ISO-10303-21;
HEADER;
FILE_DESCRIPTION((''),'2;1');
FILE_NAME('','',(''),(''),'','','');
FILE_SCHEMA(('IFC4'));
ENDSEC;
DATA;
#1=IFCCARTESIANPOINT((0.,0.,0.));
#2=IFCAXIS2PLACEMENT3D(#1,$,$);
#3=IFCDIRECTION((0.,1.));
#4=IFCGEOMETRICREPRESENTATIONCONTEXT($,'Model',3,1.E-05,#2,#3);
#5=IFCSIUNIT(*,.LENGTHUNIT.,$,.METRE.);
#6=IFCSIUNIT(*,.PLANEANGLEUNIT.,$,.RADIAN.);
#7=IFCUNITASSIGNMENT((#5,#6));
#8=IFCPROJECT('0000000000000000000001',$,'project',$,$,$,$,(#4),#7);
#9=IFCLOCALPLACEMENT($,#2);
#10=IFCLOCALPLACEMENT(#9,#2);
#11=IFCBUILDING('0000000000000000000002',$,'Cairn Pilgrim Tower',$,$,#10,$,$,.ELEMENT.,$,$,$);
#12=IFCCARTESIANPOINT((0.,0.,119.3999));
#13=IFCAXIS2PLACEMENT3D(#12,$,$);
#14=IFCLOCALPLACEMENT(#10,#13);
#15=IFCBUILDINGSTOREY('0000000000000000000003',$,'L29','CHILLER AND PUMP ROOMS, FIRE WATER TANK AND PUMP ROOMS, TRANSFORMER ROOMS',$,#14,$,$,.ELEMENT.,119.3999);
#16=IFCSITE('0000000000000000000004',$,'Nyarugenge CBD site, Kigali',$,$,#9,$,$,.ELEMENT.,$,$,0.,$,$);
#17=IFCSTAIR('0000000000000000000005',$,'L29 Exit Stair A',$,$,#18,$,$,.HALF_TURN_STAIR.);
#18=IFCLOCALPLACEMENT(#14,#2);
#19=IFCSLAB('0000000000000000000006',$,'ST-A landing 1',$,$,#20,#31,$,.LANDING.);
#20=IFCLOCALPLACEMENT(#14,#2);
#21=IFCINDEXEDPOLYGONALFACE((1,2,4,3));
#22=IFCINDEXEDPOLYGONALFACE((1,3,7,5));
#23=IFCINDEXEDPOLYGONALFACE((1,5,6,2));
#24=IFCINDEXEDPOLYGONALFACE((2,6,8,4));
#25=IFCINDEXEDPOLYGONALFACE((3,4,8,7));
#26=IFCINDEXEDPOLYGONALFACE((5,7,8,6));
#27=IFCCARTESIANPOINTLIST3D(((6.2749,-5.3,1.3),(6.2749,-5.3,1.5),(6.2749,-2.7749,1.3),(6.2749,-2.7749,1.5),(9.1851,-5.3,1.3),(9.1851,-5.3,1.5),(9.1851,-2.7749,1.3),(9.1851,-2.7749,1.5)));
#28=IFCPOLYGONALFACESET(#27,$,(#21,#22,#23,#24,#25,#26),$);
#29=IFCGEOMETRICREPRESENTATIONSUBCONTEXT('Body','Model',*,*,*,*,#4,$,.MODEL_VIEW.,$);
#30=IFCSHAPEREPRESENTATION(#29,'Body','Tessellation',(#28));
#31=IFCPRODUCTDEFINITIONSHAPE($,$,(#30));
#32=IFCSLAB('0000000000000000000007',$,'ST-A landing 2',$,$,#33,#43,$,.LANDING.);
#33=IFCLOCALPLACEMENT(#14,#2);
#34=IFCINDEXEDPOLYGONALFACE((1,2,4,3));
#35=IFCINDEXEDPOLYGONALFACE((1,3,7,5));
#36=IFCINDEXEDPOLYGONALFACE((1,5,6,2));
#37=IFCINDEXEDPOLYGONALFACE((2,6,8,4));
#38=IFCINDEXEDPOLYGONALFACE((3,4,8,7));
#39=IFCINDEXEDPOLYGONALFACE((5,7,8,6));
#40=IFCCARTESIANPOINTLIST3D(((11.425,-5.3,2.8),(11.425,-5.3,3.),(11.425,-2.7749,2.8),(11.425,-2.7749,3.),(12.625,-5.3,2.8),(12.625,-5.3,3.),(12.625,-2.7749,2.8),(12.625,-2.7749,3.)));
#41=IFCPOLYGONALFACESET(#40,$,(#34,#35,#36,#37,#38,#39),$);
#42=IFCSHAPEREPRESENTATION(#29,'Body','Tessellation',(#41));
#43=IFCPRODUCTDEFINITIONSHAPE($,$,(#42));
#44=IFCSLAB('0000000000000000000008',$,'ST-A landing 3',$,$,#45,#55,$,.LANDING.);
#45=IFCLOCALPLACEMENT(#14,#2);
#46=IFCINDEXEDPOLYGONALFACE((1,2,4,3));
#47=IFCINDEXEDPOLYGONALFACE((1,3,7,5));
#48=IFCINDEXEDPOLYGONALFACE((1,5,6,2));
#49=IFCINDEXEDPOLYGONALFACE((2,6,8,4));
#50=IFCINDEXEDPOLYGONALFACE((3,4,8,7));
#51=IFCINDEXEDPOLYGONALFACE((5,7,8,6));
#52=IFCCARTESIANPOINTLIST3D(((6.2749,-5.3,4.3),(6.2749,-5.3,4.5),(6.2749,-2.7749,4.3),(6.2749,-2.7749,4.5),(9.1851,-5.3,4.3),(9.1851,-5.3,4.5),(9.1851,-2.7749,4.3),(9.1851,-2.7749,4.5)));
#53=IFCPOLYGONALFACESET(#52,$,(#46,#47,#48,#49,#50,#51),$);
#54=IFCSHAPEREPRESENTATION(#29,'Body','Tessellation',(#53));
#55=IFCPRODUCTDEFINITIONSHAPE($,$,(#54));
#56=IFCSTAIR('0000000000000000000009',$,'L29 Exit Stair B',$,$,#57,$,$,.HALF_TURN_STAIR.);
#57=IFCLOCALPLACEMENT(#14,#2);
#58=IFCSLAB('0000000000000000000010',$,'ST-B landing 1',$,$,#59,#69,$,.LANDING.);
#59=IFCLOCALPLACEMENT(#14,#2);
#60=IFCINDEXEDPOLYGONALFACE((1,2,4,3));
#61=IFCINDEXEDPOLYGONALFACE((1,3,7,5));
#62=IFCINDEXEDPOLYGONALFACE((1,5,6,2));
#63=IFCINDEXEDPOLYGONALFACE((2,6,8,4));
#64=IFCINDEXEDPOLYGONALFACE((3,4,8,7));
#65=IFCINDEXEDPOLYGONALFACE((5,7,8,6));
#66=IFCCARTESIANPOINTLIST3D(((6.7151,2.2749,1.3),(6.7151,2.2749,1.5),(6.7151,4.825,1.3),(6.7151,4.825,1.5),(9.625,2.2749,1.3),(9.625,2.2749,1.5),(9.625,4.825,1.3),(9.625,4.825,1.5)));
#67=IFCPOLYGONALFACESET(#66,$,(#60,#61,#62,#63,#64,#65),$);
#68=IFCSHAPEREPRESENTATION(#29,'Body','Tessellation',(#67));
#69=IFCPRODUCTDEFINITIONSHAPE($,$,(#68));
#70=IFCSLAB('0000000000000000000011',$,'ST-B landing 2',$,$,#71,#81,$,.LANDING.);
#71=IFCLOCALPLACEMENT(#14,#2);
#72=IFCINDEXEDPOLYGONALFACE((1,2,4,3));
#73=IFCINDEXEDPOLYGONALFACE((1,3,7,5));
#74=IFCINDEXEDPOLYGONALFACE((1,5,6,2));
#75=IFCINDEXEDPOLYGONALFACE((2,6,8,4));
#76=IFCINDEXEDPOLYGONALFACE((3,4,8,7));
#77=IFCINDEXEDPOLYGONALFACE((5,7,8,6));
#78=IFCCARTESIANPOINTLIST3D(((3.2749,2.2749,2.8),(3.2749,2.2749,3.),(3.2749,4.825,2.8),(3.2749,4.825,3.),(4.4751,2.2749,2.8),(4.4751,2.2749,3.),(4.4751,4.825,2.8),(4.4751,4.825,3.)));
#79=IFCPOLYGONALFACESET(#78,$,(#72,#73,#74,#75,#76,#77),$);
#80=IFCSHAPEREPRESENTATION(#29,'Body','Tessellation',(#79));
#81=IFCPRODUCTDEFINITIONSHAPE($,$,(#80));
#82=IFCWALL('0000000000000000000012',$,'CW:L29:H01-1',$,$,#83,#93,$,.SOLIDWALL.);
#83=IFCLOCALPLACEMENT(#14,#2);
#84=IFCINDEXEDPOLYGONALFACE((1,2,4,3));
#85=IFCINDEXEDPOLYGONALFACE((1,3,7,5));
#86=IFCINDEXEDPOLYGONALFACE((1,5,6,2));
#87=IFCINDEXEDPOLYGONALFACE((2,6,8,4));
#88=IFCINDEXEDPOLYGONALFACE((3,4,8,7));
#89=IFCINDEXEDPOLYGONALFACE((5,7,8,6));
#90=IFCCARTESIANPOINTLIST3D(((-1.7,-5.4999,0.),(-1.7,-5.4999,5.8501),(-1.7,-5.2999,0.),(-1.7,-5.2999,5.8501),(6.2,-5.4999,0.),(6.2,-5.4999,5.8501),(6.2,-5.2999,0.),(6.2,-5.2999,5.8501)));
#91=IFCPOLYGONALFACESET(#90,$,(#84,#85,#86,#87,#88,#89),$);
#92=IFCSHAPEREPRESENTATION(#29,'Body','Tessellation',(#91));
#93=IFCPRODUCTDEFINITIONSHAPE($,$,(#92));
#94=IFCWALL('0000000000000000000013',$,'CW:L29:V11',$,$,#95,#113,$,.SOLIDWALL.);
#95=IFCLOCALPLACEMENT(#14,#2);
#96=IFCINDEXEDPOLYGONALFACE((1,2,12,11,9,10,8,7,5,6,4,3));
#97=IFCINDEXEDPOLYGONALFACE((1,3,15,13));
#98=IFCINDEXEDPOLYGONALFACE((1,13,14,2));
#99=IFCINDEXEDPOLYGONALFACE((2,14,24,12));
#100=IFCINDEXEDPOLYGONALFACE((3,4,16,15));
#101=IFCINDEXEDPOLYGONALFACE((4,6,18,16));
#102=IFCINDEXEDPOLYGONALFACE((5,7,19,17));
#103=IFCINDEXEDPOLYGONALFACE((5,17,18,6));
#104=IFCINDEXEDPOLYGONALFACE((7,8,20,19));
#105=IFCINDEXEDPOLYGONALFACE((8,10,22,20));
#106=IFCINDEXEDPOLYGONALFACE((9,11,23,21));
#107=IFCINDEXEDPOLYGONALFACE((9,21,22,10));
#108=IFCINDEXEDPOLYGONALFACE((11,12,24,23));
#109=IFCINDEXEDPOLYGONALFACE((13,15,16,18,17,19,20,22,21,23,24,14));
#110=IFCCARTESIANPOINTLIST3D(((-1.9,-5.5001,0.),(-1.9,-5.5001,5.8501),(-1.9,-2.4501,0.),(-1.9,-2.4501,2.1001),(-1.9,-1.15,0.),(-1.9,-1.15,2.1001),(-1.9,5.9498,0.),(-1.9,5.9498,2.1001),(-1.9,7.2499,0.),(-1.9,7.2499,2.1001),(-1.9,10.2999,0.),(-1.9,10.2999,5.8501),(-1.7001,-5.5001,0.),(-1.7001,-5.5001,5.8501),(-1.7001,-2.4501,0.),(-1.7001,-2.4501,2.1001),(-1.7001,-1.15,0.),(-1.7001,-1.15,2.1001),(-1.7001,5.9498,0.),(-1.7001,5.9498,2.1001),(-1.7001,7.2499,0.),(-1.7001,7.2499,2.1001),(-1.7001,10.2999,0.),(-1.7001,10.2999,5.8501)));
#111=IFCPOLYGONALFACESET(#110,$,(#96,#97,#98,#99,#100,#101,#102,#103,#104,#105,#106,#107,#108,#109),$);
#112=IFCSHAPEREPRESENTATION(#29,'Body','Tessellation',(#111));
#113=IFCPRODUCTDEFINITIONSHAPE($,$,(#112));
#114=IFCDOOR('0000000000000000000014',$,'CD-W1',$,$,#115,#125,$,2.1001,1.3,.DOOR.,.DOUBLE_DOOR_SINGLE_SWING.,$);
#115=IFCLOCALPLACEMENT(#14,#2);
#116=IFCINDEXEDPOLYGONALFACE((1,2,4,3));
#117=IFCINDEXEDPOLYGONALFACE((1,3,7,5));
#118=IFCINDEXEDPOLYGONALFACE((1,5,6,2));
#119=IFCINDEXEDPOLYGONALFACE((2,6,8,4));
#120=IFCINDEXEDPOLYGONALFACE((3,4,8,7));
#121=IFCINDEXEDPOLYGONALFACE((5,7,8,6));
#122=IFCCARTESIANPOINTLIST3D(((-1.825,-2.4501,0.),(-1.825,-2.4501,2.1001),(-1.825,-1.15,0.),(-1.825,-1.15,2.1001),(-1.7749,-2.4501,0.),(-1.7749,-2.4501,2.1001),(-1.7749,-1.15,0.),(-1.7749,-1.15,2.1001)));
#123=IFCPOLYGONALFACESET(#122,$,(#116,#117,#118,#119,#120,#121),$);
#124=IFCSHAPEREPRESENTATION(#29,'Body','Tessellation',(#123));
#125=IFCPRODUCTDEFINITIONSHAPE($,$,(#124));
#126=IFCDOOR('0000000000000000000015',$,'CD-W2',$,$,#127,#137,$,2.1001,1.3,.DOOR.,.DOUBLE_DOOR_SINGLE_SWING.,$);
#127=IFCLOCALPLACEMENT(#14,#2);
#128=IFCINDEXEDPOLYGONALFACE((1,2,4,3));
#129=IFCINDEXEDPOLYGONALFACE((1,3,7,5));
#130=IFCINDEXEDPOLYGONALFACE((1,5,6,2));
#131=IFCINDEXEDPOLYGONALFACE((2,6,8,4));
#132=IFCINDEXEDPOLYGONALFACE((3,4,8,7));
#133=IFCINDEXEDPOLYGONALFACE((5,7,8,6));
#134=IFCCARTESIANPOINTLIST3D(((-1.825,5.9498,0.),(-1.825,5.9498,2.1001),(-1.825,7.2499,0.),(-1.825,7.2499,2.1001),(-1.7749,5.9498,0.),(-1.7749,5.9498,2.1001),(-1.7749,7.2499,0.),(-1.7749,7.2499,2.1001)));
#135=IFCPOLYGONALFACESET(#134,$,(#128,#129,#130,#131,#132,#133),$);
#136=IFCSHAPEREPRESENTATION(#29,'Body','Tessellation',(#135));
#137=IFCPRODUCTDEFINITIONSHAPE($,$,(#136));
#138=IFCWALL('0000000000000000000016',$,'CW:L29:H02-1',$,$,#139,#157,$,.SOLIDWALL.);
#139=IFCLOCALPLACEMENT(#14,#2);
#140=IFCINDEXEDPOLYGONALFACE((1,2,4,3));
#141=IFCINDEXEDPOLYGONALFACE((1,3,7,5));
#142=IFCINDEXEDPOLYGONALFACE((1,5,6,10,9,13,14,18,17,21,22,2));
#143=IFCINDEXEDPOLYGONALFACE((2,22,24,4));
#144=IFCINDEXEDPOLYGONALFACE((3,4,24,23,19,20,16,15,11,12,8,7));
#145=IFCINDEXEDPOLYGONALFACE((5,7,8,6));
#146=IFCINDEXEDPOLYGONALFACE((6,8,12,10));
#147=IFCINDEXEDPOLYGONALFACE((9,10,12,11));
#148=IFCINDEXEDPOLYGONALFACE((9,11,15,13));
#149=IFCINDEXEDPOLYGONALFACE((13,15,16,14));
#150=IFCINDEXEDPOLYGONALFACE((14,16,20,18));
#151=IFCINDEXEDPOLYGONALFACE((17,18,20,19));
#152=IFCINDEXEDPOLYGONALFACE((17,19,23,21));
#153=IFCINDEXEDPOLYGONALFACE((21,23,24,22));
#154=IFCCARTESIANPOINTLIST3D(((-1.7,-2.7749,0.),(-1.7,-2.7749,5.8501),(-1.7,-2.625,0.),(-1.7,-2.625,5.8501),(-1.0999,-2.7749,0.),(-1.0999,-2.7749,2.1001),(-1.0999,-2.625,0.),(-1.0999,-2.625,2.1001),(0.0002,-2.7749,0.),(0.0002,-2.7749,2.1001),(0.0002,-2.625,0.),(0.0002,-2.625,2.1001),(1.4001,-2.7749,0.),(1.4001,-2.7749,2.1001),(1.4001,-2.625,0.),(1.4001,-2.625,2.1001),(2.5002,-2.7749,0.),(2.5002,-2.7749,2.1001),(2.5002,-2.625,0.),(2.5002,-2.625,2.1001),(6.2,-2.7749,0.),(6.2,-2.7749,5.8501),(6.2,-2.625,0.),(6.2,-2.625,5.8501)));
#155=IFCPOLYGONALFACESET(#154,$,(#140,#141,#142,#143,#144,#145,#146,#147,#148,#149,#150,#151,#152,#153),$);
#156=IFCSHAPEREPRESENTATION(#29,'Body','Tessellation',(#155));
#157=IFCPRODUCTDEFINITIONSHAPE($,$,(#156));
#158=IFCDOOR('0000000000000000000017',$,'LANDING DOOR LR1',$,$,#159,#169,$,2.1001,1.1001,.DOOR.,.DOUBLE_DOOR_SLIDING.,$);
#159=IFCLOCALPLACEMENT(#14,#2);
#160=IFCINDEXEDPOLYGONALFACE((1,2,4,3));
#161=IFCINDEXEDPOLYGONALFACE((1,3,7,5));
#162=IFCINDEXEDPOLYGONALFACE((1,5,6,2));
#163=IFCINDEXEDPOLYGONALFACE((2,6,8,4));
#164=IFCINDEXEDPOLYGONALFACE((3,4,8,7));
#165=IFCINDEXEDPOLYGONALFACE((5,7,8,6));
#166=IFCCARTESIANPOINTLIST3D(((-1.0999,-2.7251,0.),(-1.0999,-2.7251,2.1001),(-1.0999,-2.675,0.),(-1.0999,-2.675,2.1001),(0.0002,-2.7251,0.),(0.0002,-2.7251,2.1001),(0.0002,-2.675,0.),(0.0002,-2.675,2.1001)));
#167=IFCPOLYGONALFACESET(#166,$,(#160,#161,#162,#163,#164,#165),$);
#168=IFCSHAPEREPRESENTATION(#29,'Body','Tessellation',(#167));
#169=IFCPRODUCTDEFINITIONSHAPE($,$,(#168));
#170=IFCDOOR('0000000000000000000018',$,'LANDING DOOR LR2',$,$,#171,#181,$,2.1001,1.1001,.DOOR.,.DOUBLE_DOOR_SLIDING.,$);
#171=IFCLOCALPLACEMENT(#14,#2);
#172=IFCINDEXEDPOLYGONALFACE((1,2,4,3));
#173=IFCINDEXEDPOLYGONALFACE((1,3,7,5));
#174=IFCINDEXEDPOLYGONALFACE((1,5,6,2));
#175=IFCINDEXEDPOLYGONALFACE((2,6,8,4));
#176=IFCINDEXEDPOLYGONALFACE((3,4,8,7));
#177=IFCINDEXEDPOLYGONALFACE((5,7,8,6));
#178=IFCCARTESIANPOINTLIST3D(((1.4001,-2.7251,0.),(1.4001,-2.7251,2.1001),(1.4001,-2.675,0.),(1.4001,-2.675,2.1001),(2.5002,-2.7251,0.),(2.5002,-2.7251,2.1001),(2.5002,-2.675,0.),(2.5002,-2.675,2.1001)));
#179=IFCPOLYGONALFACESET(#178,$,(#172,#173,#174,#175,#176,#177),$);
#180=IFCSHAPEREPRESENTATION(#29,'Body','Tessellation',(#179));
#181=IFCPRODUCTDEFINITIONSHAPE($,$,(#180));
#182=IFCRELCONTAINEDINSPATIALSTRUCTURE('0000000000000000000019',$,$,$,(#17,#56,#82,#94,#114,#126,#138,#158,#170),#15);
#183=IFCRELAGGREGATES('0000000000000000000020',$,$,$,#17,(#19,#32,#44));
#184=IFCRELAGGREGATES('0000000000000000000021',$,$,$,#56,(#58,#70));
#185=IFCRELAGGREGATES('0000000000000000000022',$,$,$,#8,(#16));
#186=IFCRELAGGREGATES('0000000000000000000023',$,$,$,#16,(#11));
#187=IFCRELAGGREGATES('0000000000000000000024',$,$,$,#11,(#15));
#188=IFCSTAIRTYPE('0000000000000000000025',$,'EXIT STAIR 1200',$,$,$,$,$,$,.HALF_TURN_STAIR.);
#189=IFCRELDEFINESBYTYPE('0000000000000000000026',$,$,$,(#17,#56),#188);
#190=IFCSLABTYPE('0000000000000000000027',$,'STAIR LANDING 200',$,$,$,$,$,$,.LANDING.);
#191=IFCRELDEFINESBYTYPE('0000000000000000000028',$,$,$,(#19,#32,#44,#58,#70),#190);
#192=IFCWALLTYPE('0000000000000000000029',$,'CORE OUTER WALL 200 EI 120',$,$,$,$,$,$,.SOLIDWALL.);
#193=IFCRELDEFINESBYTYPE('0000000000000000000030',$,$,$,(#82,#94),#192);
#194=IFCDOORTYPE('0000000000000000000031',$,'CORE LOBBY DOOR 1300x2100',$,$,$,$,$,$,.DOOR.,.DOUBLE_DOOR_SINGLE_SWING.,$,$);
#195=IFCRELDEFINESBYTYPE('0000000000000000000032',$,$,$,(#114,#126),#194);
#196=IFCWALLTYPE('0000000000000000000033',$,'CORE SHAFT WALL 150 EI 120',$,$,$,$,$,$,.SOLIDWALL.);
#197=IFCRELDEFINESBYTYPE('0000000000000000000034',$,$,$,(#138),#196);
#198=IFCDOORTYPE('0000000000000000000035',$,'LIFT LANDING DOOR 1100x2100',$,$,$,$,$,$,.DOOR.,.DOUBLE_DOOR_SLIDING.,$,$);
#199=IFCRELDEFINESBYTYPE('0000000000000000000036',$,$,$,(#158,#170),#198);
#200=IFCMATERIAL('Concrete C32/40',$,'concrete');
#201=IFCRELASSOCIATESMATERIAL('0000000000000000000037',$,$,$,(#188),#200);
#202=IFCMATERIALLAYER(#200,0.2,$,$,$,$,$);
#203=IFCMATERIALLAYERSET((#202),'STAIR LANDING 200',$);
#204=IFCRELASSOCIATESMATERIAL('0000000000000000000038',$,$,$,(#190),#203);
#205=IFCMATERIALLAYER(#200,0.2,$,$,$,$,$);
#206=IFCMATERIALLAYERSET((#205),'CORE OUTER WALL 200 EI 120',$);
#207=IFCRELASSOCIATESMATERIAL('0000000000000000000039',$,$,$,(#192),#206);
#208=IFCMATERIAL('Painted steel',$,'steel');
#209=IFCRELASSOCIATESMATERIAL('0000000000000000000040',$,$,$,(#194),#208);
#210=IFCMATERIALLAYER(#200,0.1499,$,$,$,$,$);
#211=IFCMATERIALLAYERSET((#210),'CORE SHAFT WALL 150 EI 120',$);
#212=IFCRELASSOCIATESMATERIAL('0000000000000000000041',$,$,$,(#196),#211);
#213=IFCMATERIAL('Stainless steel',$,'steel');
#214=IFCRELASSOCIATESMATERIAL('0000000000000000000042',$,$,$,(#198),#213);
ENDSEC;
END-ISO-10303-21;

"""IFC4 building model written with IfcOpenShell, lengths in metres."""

from ifc_helpers import new_model, si_unit, direction, frame, frame_2d, origin, place, context, subcontext, project, spatial, polyline, rectangle, outline, extrude, material, layer, layer_set, type_object, element, fill, aggregate, save


model = new_model("IFC4")

# Units and contexts
model_context = context("Model", 3, precision=1e-05, world=origin(), true_north=direction((0.0, 1.0)))
body_context = subcontext(model_context, "Body", "Model", "MODEL_VIEW")
ifc_project = project(units=[si_unit("LENGTHUNIT", "METRE"), si_unit("PLANEANGLEUNIT", "RADIAN")], contexts=[model_context])

# Site, building, storey
site_placement = place(None, origin())
site = spatial("IfcSite", under=ifc_project, at=site_placement, Name="Nyarugenge CBD site, Kigali", CompositionType="ELEMENT", RefElevation=0.0)
building_placement = place(site_placement, origin())
building = spatial("IfcBuilding", under=site, at=building_placement, Name="Cairn Pilgrim Tower", CompositionType="ELEMENT")
storey_placement = place(building_placement, frame((0.0, 0.0, 119.3999)))
storey = spatial("IfcBuildingStorey", under=building, at=storey_placement, Name="L29", Description="CHILLER AND PUMP ROOMS, FIRE WATER TANK AND PUMP ROOMS, TRANSFORMER ROOMS", CompositionType="ELEMENT", Elevation=119.3999)

# Stairs, slabs
ifc_material_1 = material(Name="Concrete C32/40", Category="concrete")
stair_type = type_object("IfcStairType", Name="EXIT STAIR 1200", PredefinedType="HALF_TURN_STAIR", material=ifc_material_1)
stair_1_placement = place(storey_placement, origin())
stair_1 = element("IfcStair", 1, at=stair_1_placement, inside=storey, type_object=stair_type, Name="L29 Exit Stair A", PredefinedType="HALF_TURN_STAIR")
ifc_layer_1 = layer(ifc_material_1, 0.2)
ifc_layer_set_1 = layer_set([ifc_layer_1], Name="STAIR LANDING 200")
slab_type_1 = type_object("IfcSlabType", Name="STAIR LANDING 200", PredefinedType="LANDING", material=ifc_layer_set_1)
slab_1_placement = place(storey_placement, frame((0.0, 0.0, 1.3)))
slab_1 = element("IfcSlab", 2, at=slab_1_placement, type_object=slab_type_1, Name="ST-A landing 1", PredefinedType="LANDING", context=body_context, shape_type="SweptSolid", body=[
    extrude(outline(polyline([(9.1851, -2.7749), (6.2749, -2.7749), (6.2749, -5.3), (9.1851, -5.3), (9.1851, -2.7749)])), origin(), (0.0, 0.0, 1.0), 0.2),
])
slab_2_placement = place(storey_placement, frame((0.0, 0.0, 2.8)))
slab_2 = element("IfcSlab", 3, at=slab_2_placement, type_object=slab_type_1, Name="ST-A landing 2", PredefinedType="LANDING", context=body_context, shape_type="SweptSolid", body=[
    extrude(outline(polyline([(12.625, -2.7749), (11.425, -2.7749), (11.425, -5.3), (12.625, -5.3), (12.625, -2.7749)])), origin(), (0.0, 0.0, 1.0), 0.2),
])
slab_3_placement = place(storey_placement, frame((0.0, 0.0, 4.3)))
slab_3 = element("IfcSlab", 4, at=slab_3_placement, type_object=slab_type_1, Name="ST-A landing 3", PredefinedType="LANDING", context=body_context, shape_type="SweptSolid", body=[
    extrude(outline(polyline([(9.1851, -2.7749), (6.2749, -2.7749), (6.2749, -5.3), (9.1851, -5.3), (9.1851, -2.7749)])), origin(), (0.0, 0.0, 1.0), 0.2),
])
aggregate(stair_1, [slab_1, slab_2, slab_3])
stair_2_placement = place(storey_placement, origin())
stair_2 = element("IfcStair", 5, at=stair_2_placement, inside=storey, type_object=stair_type, Name="L29 Exit Stair B", PredefinedType="HALF_TURN_STAIR")
slab_4_placement = place(storey_placement, frame((0.0, 0.0, 1.3)))
slab_4 = element("IfcSlab", 6, at=slab_4_placement, type_object=slab_type_1, Name="ST-B landing 1", PredefinedType="LANDING", context=body_context, shape_type="SweptSolid", body=[
    extrude(outline(polyline([(6.7151, 2.2749), (9.625, 2.2749), (9.625, 4.825), (6.7151, 4.825), (6.7151, 2.2749)])), origin(), (0.0, 0.0, 1.0), 0.2),
])
slab_5_placement = place(storey_placement, frame((0.0, 0.0, 2.8)))
slab_5 = element("IfcSlab", 7, at=slab_5_placement, type_object=slab_type_1, Name="ST-B landing 2", PredefinedType="LANDING", context=body_context, shape_type="SweptSolid", body=[
    extrude(outline(polyline([(3.2749, 2.2749), (4.4751, 2.2749), (4.4751, 4.825), (3.2749, 4.825), (3.2749, 2.2749)])), origin(), (0.0, 0.0, 1.0), 0.2),
])
aggregate(stair_2, [slab_4, slab_5])

# Wall
ifc_layer_2 = layer(ifc_material_1, 0.2)
ifc_layer_set_2 = layer_set([ifc_layer_2], Name="CORE OUTER WALL 200 EI 120")
wall_type_1 = type_object("IfcWallType", Name="CORE OUTER WALL 200 EI 120", PredefinedType="SOLIDWALL", material=ifc_layer_set_2)
wall_1_placement = place(storey_placement, frame((-1.7, -5.3999, 0.0), z_axis=(0.0, 0.0, 1.0), x_axis=(1.0, 0.0, 0.0)))
element("IfcWall", 8, at=wall_1_placement, inside=storey, type_object=wall_type_1, Name="CW:L29:H01-1", PredefinedType="SOLIDWALL", context=body_context, shape_type="SweptSolid", body=[
    extrude(rectangle(XDim=7.8999, YDim=0.2, at=frame_2d((3.95, 0.0))), origin(), (0.0, 0.0, 1.0), 5.8501),
])

# Walls, openings, doors
wall_2_placement = place(storey_placement, frame((-1.8, -5.5, 0.0), z_axis=(0.0, 0.0, 1.0), x_axis=(0.0, 1.0, 0.0)))
wall_2 = element("IfcWall", 9, at=wall_2_placement, inside=storey, type_object=wall_type_1, Name="CW:L29:V11", PredefinedType="SOLIDWALL", context=body_context, shape_type="SweptSolid", body=[
    extrude(rectangle(XDim=15.8, YDim=0.2, at=frame_2d((7.8999, 0.0))), origin(), (0.0, 0.0, 1.0), 5.8501),
])
opening_1_placement = place(wall_2_placement, frame((3.05, 0.0, 0.0)))
opening_1 = element("IfcOpeningElement", 10, at=opening_1_placement, cuts=wall_2, PredefinedType="OPENING", context=body_context, shape_type="SweptSolid", body=[
    extrude(rectangle(XDim=1.3, YDim=2.1001, at=frame_2d((0.6499, 1.05))), frame((0.0, 0.1099, 0.0), z_axis=(0.0, -1.0, 0.0), x_axis=(1.0, 0.0, 0.0)), (0.0, 0.0, 1.0), 0.22),
])
opening_2_placement = place(wall_2_placement, frame((11.45, 0.0, 0.0)))
opening_2 = element("IfcOpeningElement", 11, at=opening_2_placement, cuts=wall_2, PredefinedType="OPENING", context=body_context, shape_type="SweptSolid", body=[
    extrude(rectangle(XDim=1.3, YDim=2.1001, at=frame_2d((0.6499, 1.05))), frame((0.0, 0.1099, 0.0), z_axis=(0.0, -1.0, 0.0), x_axis=(1.0, 0.0, 0.0)), (0.0, 0.0, 1.0), 0.22),
])
ifc_material_2 = material(Name="Painted steel", Category="steel")
door_type_1 = type_object("IfcDoorType", Name="CORE LOBBY DOOR 1300x2100", OperationType="DOUBLE_DOOR_SINGLE_SWING", PredefinedType="DOOR", material=ifc_material_2)
door_1_placement = place(opening_1_placement, origin())
door_1 = element("IfcDoor", 12, at=door_1_placement, inside=storey, type_object=door_type_1, Name="CD-W1", OperationType="DOUBLE_DOOR_SINGLE_SWING", OverallHeight=2.1001, OverallWidth=1.3, PredefinedType="DOOR", context=body_context, shape_type="SweptSolid", body=[
    extrude(rectangle(XDim=1.3, YDim=2.1001, at=frame_2d((0.6499, 1.05))), frame((0.0, 0.0249, 0.0), z_axis=(0.0, -1.0, 0.0), x_axis=(1.0, 0.0, 0.0)), (0.0, 0.0, 1.0), 0.05),
])
fill(opening_1, door_1)
door_2_placement = place(opening_2_placement, origin())
door_2 = element("IfcDoor", 13, at=door_2_placement, inside=storey, type_object=door_type_1, Name="CD-W2", OperationType="DOUBLE_DOOR_SINGLE_SWING", OverallHeight=2.1001, OverallWidth=1.3, PredefinedType="DOOR", context=body_context, shape_type="SweptSolid", body=[
    extrude(rectangle(XDim=1.3, YDim=2.1001, at=frame_2d((0.6499, 1.05))), frame((0.0, 0.0249, 0.0), z_axis=(0.0, -1.0, 0.0), x_axis=(1.0, 0.0, 0.0)), (0.0, 0.0, 1.0), 0.05),
])
fill(opening_2, door_2)
ifc_layer_3 = layer(ifc_material_1, 0.1499)
ifc_layer_set_3 = layer_set([ifc_layer_3], Name="CORE SHAFT WALL 150 EI 120")
wall_type_2 = type_object("IfcWallType", Name="CORE SHAFT WALL 150 EI 120", PredefinedType="SOLIDWALL", material=ifc_layer_set_3)
wall_3_placement = place(storey_placement, frame((-1.7, -2.7, 0.0), z_axis=(0.0, 0.0, 1.0), x_axis=(1.0, 0.0, 0.0)))
wall_3 = element("IfcWall", 14, at=wall_3_placement, inside=storey, type_object=wall_type_2, Name="CW:L29:H02-1", PredefinedType="SOLIDWALL", context=body_context, shape_type="SweptSolid", body=[
    extrude(rectangle(XDim=7.8999, YDim=0.1499, at=frame_2d((3.95, 0.0))), origin(), (0.0, 0.0, 1.0), 5.8501),
])
opening_3_placement = place(wall_3_placement, frame((0.6001, 0.0, 0.0)))
opening_3 = element("IfcOpeningElement", 15, at=opening_3_placement, cuts=wall_3, PredefinedType="OPENING", context=body_context, shape_type="SweptSolid", body=[
    extrude(rectangle(XDim=1.1001, YDim=2.1001, at=frame_2d((0.55, 1.05))), frame((0.0, 0.085, 0.0), z_axis=(0.0, -1.0, 0.0), x_axis=(1.0, 0.0, 0.0)), (0.0, 0.0, 1.0), 0.1699),
])
opening_4_placement = place(wall_3_placement, frame((3.1001, 0.0, 0.0)))
opening_4 = element("IfcOpeningElement", 16, at=opening_4_placement, cuts=wall_3, PredefinedType="OPENING", context=body_context, shape_type="SweptSolid", body=[
    extrude(rectangle(XDim=1.1001, YDim=2.1001, at=frame_2d((0.55, 1.05))), frame((0.0, 0.085, 0.0), z_axis=(0.0, -1.0, 0.0), x_axis=(1.0, 0.0, 0.0)), (0.0, 0.0, 1.0), 0.1699),
])
ifc_material_3 = material(Name="Stainless steel", Category="steel")
door_type_2 = type_object("IfcDoorType", Name="LIFT LANDING DOOR 1100x2100", OperationType="DOUBLE_DOOR_SLIDING", PredefinedType="DOOR", material=ifc_material_3)
door_3_placement = place(opening_3_placement, origin())
door_3 = element("IfcDoor", 17, at=door_3_placement, inside=storey, type_object=door_type_2, Name="LANDING DOOR LR1", OperationType="DOUBLE_DOOR_SLIDING", OverallHeight=2.1001, OverallWidth=1.1001, PredefinedType="DOOR", context=body_context, shape_type="SweptSolid", body=[
    extrude(rectangle(XDim=1.1001, YDim=2.1001, at=frame_2d((0.55, 1.05))), frame((0.0, 0.0249, 0.0), z_axis=(0.0, -1.0, 0.0), x_axis=(1.0, 0.0, 0.0)), (0.0, 0.0, 1.0), 0.05),
])
fill(opening_3, door_3)
door_4_placement = place(opening_4_placement, origin())
door_4 = element("IfcDoor", 18, at=door_4_placement, inside=storey, type_object=door_type_2, Name="LANDING DOOR LR2", OperationType="DOUBLE_DOOR_SLIDING", OverallHeight=2.1001, OverallWidth=1.1001, PredefinedType="DOOR", context=body_context, shape_type="SweptSolid", body=[
    extrude(rectangle(XDim=1.1001, YDim=2.1001, at=frame_2d((0.55, 1.05))), frame((0.0, 0.0249, 0.0), z_axis=(0.0, -1.0, 0.0), x_axis=(1.0, 0.0, 0.0)), (0.0, 0.0, 1.0), 0.05),
])
fill(opening_4, door_4)

save(model, "model.ifc")
